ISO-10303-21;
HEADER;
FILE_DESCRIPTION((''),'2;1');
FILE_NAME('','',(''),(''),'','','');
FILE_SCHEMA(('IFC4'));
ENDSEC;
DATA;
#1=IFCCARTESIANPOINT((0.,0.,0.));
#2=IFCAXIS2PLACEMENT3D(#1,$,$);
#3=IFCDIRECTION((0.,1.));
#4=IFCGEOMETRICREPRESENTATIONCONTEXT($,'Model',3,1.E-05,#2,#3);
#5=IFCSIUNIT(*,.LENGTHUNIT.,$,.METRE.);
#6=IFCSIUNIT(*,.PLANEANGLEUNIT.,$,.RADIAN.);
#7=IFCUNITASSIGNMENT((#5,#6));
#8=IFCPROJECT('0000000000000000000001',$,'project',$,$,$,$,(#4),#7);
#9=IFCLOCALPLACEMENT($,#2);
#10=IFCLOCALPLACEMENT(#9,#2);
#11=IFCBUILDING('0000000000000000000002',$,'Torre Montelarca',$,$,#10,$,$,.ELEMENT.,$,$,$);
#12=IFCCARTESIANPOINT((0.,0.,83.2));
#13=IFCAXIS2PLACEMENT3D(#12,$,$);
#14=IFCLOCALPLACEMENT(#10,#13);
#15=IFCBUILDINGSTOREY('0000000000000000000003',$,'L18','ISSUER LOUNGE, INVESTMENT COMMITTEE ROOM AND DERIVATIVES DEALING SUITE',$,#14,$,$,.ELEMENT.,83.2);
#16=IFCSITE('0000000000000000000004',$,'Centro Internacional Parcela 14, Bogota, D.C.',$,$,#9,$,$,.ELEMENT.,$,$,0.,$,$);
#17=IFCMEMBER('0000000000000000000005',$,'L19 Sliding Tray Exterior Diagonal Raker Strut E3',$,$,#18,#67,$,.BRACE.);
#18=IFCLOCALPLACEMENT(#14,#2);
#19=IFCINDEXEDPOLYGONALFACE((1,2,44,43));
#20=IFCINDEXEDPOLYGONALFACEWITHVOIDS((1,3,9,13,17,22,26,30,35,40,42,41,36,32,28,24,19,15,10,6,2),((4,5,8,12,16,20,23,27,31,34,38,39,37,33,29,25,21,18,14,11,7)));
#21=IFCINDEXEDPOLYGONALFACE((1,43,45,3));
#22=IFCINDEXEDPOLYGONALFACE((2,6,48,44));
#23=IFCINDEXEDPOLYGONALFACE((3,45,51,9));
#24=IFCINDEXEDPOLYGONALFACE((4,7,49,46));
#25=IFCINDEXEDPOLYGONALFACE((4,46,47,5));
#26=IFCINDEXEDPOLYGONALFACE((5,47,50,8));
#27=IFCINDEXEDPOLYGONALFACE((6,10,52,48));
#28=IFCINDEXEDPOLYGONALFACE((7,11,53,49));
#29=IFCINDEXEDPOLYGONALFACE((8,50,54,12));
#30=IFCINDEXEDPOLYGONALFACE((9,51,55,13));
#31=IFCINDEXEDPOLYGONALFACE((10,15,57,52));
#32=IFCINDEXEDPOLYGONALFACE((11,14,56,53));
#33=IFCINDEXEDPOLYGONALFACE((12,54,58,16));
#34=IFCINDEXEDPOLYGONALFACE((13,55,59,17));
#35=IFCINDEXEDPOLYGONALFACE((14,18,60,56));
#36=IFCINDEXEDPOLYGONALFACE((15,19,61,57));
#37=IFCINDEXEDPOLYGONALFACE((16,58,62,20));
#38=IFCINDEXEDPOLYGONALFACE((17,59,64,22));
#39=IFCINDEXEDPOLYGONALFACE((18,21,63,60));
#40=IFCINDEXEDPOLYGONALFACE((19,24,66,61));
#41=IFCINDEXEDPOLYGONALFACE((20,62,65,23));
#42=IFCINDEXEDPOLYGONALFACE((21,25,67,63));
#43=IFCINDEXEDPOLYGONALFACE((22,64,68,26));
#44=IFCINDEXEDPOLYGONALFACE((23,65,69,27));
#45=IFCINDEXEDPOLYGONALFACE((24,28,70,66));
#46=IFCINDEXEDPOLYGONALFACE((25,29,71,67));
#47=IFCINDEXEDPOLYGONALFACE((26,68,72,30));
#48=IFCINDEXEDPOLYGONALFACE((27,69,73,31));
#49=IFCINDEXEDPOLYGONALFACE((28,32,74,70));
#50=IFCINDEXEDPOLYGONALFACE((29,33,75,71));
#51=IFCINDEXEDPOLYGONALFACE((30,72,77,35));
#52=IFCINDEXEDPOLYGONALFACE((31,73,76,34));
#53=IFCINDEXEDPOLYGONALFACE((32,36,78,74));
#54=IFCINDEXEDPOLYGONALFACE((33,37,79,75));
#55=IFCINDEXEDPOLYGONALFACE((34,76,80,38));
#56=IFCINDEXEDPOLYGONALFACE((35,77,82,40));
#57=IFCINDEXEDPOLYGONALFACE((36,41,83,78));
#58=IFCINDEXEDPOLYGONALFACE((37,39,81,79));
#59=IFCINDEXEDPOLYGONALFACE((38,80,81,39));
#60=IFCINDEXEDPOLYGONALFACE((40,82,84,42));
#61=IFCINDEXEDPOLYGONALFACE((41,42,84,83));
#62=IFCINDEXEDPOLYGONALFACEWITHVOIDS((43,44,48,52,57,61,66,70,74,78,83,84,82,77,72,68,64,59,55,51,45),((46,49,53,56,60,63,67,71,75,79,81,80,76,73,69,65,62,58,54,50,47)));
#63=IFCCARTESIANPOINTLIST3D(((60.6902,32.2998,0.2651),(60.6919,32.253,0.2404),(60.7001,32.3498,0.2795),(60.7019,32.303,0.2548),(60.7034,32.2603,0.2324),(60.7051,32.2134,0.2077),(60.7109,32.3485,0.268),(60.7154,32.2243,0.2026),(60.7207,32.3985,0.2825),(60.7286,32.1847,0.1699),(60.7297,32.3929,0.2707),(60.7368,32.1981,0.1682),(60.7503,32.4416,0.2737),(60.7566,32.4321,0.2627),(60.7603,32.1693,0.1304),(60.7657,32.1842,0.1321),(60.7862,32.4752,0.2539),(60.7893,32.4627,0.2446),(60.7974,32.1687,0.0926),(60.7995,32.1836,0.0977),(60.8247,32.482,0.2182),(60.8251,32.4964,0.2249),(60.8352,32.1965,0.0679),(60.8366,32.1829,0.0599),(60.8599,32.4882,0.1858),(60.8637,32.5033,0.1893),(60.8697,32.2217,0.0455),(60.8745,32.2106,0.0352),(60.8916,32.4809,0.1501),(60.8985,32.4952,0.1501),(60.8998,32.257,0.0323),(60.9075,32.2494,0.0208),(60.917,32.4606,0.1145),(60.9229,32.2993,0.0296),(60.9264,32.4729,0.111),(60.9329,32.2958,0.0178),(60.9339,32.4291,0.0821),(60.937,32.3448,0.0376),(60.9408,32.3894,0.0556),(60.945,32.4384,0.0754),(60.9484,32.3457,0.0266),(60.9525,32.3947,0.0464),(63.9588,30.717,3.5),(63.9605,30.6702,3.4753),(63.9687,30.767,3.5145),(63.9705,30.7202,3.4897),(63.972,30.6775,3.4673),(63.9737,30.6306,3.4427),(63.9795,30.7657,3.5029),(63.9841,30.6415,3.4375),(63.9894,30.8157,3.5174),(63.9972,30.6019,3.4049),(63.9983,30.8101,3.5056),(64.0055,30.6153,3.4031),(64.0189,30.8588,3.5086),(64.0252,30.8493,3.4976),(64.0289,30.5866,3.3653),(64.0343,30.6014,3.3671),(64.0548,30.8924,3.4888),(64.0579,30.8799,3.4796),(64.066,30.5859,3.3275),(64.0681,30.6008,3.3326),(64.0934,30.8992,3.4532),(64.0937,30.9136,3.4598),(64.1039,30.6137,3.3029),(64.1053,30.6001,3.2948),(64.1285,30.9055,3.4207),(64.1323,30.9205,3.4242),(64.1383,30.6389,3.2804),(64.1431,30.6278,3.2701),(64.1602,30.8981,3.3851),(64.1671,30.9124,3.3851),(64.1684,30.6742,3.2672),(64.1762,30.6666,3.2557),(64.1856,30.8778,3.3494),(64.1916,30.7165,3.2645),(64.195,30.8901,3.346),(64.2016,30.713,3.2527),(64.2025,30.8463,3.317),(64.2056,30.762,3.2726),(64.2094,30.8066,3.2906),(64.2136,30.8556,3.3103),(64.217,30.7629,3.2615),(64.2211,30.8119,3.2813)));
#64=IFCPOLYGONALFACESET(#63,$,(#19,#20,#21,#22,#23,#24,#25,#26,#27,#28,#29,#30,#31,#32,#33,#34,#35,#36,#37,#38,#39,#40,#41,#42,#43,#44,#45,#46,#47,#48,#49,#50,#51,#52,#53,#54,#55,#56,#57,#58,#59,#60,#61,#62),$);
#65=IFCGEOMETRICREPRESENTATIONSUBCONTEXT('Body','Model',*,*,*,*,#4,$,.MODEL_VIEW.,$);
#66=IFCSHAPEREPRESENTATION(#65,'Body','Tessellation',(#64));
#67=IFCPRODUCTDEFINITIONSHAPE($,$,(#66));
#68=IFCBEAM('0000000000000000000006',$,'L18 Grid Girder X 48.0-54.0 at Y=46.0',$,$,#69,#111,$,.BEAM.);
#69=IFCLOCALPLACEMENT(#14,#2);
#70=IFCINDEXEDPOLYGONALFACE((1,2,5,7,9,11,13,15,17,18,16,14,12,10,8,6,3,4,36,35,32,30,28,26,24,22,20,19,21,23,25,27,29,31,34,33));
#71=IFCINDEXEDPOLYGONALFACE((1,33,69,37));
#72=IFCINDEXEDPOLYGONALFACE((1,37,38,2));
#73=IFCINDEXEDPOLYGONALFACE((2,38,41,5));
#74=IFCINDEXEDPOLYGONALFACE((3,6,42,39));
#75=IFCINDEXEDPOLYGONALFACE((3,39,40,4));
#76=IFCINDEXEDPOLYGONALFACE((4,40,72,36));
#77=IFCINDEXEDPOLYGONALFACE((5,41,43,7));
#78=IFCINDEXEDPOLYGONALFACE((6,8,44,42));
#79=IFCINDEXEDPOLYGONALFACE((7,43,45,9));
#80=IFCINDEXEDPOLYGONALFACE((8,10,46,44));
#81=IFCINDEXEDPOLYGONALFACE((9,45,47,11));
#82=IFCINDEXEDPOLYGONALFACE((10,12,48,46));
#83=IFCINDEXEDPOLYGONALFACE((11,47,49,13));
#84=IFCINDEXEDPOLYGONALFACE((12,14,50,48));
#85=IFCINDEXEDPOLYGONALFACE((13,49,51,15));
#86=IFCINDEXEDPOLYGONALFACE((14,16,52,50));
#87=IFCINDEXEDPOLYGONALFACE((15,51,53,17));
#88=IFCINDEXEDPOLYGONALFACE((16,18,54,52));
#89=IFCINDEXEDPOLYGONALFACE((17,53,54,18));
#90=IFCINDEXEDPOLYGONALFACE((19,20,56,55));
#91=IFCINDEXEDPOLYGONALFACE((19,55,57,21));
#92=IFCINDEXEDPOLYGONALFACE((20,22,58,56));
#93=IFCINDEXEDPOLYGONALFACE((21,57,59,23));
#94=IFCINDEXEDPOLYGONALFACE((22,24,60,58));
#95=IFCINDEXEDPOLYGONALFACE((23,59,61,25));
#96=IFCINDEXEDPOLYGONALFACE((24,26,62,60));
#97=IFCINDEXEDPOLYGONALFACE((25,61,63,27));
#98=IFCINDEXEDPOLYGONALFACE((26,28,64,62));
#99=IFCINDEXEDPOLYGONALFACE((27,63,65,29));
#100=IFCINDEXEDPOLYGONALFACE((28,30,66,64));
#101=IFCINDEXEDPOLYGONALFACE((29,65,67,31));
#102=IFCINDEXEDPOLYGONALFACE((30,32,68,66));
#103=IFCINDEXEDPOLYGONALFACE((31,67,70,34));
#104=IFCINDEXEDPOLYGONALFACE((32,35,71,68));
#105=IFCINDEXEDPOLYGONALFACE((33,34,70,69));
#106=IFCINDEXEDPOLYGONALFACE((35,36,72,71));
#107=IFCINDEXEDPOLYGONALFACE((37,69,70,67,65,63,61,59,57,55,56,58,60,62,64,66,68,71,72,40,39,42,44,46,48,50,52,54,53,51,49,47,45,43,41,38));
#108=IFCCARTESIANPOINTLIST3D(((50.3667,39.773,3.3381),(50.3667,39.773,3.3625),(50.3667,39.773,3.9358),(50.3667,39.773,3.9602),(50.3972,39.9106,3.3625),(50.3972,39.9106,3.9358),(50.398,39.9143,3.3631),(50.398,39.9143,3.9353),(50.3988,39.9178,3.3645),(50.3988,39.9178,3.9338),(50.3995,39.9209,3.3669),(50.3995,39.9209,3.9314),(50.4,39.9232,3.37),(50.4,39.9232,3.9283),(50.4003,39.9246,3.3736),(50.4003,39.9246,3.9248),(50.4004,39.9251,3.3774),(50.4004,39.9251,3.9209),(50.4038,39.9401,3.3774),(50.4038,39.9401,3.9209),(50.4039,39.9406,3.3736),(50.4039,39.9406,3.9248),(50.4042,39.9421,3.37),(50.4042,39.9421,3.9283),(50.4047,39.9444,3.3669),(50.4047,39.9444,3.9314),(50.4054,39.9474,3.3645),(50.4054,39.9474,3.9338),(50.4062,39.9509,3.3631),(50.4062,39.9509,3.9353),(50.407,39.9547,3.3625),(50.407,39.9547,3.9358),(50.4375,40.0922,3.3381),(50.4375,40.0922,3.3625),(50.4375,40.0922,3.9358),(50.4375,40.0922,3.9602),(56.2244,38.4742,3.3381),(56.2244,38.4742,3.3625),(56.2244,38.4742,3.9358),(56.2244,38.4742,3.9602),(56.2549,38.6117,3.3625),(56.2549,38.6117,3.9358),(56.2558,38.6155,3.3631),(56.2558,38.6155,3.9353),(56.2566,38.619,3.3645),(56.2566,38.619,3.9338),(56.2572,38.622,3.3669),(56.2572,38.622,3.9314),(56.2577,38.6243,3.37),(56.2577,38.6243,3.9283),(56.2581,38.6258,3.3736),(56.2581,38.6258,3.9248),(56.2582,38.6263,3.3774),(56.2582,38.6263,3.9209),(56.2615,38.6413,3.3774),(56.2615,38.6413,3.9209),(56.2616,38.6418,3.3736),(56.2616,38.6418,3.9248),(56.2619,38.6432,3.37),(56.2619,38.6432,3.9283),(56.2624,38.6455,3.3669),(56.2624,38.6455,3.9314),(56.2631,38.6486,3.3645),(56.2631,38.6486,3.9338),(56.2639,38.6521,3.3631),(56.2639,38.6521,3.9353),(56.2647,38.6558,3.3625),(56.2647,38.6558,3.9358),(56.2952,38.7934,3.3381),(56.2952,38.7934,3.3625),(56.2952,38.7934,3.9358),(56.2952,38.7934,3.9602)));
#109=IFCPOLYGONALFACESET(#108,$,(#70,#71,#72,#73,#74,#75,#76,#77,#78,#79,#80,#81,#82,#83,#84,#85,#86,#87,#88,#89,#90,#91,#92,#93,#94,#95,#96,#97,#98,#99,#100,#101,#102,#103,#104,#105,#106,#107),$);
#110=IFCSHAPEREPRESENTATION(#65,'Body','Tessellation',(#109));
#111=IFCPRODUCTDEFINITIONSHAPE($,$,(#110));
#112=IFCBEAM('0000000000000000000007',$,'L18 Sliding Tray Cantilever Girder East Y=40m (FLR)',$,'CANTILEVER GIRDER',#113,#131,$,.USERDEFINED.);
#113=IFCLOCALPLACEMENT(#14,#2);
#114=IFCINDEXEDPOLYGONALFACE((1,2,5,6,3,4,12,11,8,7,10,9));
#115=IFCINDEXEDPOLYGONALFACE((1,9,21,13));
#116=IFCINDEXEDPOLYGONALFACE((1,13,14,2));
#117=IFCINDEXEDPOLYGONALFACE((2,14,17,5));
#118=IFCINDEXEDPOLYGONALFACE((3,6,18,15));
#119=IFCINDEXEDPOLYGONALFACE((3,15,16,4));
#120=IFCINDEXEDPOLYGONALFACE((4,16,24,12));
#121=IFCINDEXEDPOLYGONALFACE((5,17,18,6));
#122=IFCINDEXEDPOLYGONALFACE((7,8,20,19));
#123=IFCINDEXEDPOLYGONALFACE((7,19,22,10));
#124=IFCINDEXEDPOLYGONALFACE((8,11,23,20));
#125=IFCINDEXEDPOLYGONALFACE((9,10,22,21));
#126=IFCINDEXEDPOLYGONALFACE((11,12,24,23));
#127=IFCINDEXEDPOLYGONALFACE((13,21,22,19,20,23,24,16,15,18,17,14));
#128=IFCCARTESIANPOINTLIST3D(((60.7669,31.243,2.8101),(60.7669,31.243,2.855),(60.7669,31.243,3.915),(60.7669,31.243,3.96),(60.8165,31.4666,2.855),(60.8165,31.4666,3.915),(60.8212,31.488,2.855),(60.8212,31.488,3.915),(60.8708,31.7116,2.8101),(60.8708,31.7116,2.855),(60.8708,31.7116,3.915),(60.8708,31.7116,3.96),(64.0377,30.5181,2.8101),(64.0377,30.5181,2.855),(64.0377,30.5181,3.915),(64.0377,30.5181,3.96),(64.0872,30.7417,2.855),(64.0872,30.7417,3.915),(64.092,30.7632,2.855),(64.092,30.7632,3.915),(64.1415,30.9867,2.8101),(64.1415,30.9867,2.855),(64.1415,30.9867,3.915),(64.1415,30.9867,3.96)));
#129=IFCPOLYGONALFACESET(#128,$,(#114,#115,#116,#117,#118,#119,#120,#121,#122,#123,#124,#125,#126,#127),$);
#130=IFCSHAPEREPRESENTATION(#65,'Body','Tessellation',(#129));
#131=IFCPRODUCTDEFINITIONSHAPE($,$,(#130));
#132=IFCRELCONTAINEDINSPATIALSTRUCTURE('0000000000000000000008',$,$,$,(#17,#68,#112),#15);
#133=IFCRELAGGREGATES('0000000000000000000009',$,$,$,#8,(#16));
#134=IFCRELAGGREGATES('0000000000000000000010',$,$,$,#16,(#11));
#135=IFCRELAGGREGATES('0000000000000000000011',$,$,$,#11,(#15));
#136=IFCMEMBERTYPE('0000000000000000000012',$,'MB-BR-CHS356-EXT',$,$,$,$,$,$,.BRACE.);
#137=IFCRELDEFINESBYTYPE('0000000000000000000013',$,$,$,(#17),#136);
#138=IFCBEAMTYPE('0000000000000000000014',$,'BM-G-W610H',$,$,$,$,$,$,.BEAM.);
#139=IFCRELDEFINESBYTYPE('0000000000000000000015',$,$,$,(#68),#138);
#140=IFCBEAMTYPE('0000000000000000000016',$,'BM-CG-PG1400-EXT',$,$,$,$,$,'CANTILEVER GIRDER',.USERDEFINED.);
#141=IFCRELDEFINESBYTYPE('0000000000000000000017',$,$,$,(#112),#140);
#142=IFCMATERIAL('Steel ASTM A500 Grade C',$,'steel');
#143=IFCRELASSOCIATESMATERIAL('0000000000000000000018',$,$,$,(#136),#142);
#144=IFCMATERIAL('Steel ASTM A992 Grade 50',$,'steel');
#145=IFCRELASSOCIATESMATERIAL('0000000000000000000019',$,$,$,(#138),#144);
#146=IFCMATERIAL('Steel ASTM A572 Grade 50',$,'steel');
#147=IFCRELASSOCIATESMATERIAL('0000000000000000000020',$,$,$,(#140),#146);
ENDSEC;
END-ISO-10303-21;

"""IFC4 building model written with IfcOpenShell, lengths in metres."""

from ifc_helpers import new_model, si_unit, direction, frame, origin, origin_2d, place, context, subcontext, project, spatial, hollow_circle, i_section, extrude, source, transform, mapped, material, material_profile, profile_set, type_object, element, save


model = new_model("IFC4")

# Units and contexts
model_context = context("Model", 3, precision=1e-05, world=origin(), true_north=direction((0.0, 1.0)))
body_context = subcontext(model_context, "Body", "Model", "MODEL_VIEW")
ifc_project = project(units=[si_unit("LENGTHUNIT", "METRE"), si_unit("PLANEANGLEUNIT", "RADIAN")], contexts=[model_context])

# Site, building, storey
site_placement = place(None, origin())
site = spatial("IfcSite", under=ifc_project, at=site_placement, Name="Centro Internacional Parcela 14, Bogota, D.C.", CompositionType="ELEMENT", RefElevation=0.0)
building_placement = place(site_placement, origin())
building = spatial("IfcBuilding", under=site, at=building_placement, Name="Torre Montelarca", CompositionType="ELEMENT")
storey_placement = place(building_placement, frame((0.0, 0.0, 83.2)))
storey = spatial("IfcBuildingStorey", under=building, at=storey_placement, Name="L18", Description="ISSUER LOUNGE, INVESTMENT COMMITTEE ROOM AND DERIVATIVES DEALING SUITE", CompositionType="ELEMENT", Elevation=83.2)

# Shared definitions
ifc_material_1 = material(Name="Steel ASTM A992 Grade 50", Category="steel")

# Member
ifc_material_2 = material(Name="Steel ASTM A500 Grade C", Category="steel")
ifc_material_profile_1 = material_profile(ifc_material_2, hollow_circle(Radius=0.1777, WallThickness=0.0159, at=origin_2d()), Name="HSS355.6X15.9", Category="steel")
ifc_profile_set_1 = profile_set([ifc_material_profile_1], Name="Steel ASTM A500 Grade C")
member_type_1 = type_object("IfcMemberType", Name="MB-BR-CHS356-EXT", PredefinedType="BRACE", material=ifc_profile_set_1)
shared_shape_1 = source(origin(), body_context, "Body", "SweptSolid", [
    extrude(hollow_circle(Radius=0.1777, WallThickness=0.0159, at=origin_2d()), origin(), (0.0, 0.0, 1.0), 4.8635),
])
member_1_placement = place(storey_placement, frame((60.821, 32.3352, 0.1501), z_axis=(0.672068, -0.325442, 0.665141), x_axis=(0.43583, 0.900029, 0.0)))
element("IfcMember", 1, at=member_1_placement, inside=storey, type_object=member_type_1, Name="L19 Sliding Tray Exterior Diagonal Raker Strut E3", PredefinedType="BRACE", context=body_context, shape_type="MappedRepresentation", body=[
    mapped(shared_shape_1, transform((0.0, 0.0, 0.0), scale=1.0)),
])

# Beams
ifc_material_profile_2 = material_profile(ifc_material_1, i_section(OverallWidth=0.3269, OverallDepth=0.6221, WebThickness=0.0154, FlangeThickness=0.0244, FilletRadius=0.0149, at=origin_2d()), Name="W610X195", Category="steel")
ifc_profile_set_2 = profile_set([ifc_material_profile_2], Name="Steel ASTM A992 Grade 50")
beam_type_1 = type_object("IfcBeamType", Name="BM-G-W610H", PredefinedType="BEAM", material=ifc_profile_set_2)
shared_shape_2 = source(origin(), body_context, "Body", "SweptSolid", [
    extrude(i_section(OverallWidth=0.3269, OverallDepth=0.6221, WebThickness=0.0154, FlangeThickness=0.0244, FilletRadius=0.0149, at=origin_2d()), origin(), (0.0, 0.0, 1.0), 6.0),
])
beam_1_placement = place(storey_placement, frame((50.4021, 39.9326, 3.6492), z_axis=(0.976288, -0.216474, 0.0), x_axis=(0.216474, 0.976288, 0.0)))
element("IfcBeam", 2, at=beam_1_placement, inside=storey, type_object=beam_type_1, Name="L18 Grid Girder X 48.0-54.0 at Y=46.0", PredefinedType="BEAM", context=body_context, shape_type="MappedRepresentation", body=[
    mapped(shared_shape_2, transform((0.0, 0.0, 0.0), scale=1.0)),
])
ifc_material_3 = material(Name="Steel ASTM A572 Grade 50", Category="steel")
ifc_material_profile_3 = material_profile(ifc_material_3, i_section(OverallWidth=0.48, OverallDepth=1.1499, WebThickness=0.022, FlangeThickness=0.0449, at=origin_2d()), Name="PG1150X480X22X45", Category="steel")
ifc_profile_set_3 = profile_set([ifc_material_profile_3], Name="Steel ASTM A572 Grade 50")
beam_type_2 = type_object("IfcBeamType", Name="BM-CG-PG1400-EXT", ElementType="CANTILEVER GIRDER", PredefinedType="USERDEFINED", material=ifc_profile_set_3)
shared_shape_3 = source(origin(), body_context, "Body", "SweptSolid", [
    extrude(i_section(OverallWidth=0.48, OverallDepth=1.1499, WebThickness=0.022, FlangeThickness=0.0449, at=origin_2d()), origin(), (0.0, 0.0, 1.0), 3.3501),
])
beam_2_placement = place(storey_placement, frame((60.8188, 31.4773, 3.385), z_axis=(0.976312, -0.216367, 0.0), x_axis=(0.216367, 0.976312, 0.0)))
element("IfcBeam", 3, at=beam_2_placement, inside=storey, type_object=beam_type_2, Name="L18 Sliding Tray Cantilever Girder East Y=40m (FLR)", ObjectType="CANTILEVER GIRDER", PredefinedType="USERDEFINED", context=body_context, shape_type="MappedRepresentation", body=[
    mapped(shared_shape_3, transform((0.0, 0.0, 0.0), scale=1.0)),
])

save(model, "model.ifc")
